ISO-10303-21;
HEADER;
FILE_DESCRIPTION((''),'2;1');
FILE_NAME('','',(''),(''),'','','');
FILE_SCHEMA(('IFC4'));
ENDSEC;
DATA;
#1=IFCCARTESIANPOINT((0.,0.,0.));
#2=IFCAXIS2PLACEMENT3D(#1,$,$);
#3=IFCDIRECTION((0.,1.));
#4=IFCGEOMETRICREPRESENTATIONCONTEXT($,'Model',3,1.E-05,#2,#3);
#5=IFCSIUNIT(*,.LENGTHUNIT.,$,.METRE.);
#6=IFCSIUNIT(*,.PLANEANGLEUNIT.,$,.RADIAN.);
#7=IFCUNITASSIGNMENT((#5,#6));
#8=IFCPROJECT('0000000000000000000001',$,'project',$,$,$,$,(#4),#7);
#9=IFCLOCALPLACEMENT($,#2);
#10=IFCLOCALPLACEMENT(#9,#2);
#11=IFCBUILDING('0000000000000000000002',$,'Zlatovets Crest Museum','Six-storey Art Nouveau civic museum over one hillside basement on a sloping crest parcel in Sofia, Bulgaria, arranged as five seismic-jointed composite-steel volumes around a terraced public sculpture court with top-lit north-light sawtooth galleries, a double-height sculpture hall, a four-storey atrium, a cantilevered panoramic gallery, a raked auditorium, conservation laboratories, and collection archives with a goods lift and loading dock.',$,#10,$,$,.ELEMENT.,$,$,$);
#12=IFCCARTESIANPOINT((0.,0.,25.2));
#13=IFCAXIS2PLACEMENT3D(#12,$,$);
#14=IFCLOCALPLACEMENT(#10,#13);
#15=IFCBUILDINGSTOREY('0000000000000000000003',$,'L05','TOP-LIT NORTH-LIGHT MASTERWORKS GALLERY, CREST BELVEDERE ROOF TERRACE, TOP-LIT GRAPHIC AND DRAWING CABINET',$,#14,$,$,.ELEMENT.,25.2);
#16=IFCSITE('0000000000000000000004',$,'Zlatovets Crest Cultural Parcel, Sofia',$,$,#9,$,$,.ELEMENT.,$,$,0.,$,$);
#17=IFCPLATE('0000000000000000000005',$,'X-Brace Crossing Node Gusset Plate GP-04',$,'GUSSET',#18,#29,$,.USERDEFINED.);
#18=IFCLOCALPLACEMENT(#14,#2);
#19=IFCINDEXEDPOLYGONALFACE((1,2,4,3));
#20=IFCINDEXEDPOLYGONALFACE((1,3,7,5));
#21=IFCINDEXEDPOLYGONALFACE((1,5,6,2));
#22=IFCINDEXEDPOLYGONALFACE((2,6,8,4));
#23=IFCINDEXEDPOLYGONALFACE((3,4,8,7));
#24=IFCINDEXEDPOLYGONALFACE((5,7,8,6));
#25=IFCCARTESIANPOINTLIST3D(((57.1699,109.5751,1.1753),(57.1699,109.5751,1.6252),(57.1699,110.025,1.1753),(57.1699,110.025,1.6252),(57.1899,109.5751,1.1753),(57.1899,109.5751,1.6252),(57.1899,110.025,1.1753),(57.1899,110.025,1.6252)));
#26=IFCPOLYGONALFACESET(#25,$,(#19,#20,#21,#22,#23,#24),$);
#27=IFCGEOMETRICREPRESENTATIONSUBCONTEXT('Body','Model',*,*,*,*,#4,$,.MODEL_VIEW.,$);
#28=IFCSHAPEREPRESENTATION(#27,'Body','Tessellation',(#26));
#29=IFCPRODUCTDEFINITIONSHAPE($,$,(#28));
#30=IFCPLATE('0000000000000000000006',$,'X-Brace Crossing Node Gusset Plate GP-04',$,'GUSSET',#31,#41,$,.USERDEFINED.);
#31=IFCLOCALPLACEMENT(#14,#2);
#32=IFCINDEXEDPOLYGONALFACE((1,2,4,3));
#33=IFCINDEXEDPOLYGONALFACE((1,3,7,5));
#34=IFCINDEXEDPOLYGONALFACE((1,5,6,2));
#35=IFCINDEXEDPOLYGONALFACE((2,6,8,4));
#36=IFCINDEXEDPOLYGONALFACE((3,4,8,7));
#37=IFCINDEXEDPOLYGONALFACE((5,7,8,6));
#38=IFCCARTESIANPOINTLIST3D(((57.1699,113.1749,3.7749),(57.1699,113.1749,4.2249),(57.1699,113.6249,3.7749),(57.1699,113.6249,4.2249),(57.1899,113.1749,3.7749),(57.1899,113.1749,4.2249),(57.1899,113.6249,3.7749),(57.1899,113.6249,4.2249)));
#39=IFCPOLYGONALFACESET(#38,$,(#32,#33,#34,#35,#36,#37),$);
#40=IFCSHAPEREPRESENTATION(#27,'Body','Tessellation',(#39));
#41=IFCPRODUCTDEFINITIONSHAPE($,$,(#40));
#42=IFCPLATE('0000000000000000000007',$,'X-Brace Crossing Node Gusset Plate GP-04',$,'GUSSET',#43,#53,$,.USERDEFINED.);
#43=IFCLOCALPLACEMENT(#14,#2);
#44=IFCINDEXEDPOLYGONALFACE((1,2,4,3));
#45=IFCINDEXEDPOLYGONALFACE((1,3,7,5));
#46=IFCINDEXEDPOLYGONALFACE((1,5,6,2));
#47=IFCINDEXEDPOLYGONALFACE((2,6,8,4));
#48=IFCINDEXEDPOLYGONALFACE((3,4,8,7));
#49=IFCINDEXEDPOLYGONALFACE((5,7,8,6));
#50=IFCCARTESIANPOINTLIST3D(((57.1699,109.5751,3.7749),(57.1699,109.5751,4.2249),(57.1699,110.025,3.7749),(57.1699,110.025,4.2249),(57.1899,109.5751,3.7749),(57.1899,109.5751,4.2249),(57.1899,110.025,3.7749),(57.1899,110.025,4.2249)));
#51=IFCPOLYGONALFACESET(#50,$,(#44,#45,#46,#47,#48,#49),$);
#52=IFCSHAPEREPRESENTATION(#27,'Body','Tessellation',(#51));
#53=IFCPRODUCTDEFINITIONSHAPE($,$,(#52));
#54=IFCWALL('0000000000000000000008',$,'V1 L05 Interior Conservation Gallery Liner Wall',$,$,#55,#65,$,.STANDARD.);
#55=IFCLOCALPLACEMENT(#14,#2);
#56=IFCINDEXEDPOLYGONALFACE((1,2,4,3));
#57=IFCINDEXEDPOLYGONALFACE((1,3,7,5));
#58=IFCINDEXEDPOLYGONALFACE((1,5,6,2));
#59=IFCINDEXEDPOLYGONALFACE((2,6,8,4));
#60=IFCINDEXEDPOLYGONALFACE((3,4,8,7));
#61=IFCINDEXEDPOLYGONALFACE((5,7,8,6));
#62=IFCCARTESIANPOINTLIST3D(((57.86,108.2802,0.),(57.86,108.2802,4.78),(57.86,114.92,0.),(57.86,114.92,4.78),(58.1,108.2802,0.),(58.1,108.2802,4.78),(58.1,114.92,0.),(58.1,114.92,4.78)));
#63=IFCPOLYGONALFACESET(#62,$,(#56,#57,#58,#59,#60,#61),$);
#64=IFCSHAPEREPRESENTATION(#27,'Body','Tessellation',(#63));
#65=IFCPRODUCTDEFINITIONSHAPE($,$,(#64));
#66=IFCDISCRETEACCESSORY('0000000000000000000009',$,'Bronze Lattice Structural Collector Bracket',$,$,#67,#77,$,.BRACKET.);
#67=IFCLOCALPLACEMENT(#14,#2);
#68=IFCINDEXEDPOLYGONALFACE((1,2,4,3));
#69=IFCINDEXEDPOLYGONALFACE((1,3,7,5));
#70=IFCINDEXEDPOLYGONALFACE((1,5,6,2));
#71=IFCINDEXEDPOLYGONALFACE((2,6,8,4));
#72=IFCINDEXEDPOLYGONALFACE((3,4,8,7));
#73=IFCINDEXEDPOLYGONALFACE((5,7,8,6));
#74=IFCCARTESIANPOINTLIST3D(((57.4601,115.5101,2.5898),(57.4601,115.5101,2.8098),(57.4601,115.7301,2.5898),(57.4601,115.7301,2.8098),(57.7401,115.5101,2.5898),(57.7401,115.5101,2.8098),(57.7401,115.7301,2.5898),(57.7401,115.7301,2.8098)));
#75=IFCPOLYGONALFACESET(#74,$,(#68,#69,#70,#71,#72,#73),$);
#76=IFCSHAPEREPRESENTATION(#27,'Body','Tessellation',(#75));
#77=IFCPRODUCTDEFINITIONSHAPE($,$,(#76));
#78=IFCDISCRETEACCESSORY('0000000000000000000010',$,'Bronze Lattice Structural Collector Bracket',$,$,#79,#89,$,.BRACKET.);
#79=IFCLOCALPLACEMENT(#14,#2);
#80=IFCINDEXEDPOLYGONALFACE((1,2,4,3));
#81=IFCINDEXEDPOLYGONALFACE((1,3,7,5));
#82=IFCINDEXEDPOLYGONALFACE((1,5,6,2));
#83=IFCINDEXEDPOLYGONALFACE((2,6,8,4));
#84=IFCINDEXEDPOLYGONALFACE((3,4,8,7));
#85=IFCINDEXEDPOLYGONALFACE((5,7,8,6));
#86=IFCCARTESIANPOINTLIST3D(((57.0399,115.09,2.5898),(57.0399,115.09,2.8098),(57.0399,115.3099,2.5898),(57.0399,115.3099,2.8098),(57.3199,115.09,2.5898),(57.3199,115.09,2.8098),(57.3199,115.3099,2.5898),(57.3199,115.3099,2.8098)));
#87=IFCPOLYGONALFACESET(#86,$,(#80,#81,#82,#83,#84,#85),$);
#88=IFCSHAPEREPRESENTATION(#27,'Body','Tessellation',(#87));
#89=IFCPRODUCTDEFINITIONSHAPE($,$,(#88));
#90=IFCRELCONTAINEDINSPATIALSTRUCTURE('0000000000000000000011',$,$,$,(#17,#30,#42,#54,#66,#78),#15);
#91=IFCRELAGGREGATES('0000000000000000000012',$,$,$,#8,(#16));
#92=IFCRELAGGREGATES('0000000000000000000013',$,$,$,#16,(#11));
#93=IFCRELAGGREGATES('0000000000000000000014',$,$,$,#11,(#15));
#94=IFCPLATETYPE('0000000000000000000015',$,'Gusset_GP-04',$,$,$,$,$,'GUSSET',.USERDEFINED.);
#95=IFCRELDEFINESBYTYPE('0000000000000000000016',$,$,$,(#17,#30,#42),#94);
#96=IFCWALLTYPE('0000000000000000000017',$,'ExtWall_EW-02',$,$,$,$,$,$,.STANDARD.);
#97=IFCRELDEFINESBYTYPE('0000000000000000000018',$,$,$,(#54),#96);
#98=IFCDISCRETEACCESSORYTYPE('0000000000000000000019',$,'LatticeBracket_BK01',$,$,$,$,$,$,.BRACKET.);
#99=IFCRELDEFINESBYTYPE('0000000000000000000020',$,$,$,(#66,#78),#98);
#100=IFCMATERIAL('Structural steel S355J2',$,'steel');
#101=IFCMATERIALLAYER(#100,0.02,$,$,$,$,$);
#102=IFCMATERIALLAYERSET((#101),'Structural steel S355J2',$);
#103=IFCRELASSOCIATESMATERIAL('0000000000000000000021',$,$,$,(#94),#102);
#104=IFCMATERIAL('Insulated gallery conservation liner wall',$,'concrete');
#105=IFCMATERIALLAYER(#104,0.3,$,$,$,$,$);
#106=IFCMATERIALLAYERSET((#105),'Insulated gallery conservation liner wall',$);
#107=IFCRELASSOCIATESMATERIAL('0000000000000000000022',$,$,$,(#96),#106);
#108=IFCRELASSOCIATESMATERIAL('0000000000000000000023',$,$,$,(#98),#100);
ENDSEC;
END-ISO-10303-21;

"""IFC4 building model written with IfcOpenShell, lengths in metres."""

from ifc_helpers import new_model, si_unit, direction, frame, frame_2d, origin, origin_2d, place, context, subcontext, project, spatial, rectangle, extrude, material, layer, layer_set, type_object, element, save


model = new_model("IFC4")

# Units and contexts
model_context = context("Model", 3, precision=1e-05, world=origin(), true_north=direction((0.0, 1.0)))
body_context = subcontext(model_context, "Body", "Model", "MODEL_VIEW")
ifc_project = project(units=[si_unit("LENGTHUNIT", "METRE"), si_unit("PLANEANGLEUNIT", "RADIAN")], contexts=[model_context])

# Site, building, storey
site_placement = place(None, origin())
site = spatial("IfcSite", under=ifc_project, at=site_placement, Name="Zlatovets Crest Cultural Parcel, Sofia", CompositionType="ELEMENT", RefElevation=0.0)
building_placement = place(site_placement, origin())
building = spatial("IfcBuilding", under=site, at=building_placement, Name="Zlatovets Crest Museum", Description="Six-storey Art Nouveau civic museum over one hillside basement on a sloping crest parcel in Sofia, Bulgaria, arranged as five seismic-jointed composite-steel volumes around a terraced public sculpture court with top-lit north-light sawtooth galleries, a double-height sculpture hall, a four-storey atrium, a cantilevered panoramic gallery, a raked auditorium, conservation laboratories, and collection archives with a goods lift and loading dock.", CompositionType="ELEMENT")
storey_placement = place(building_placement, frame((0.0, 0.0, 25.2)))
storey = spatial("IfcBuildingStorey", under=building, at=storey_placement, Name="L05", Description="TOP-LIT NORTH-LIGHT MASTERWORKS GALLERY, CREST BELVEDERE ROOF TERRACE, TOP-LIT GRAPHIC AND DRAWING CABINET", CompositionType="ELEMENT", Elevation=25.2)

# Shared definitions
ifc_material_1 = material(Name="Structural steel S355J2", Category="steel")

# Plates
ifc_layer_1 = layer(ifc_material_1, 0.02)
ifc_layer_set_1 = layer_set([ifc_layer_1], Name="Structural steel S355J2")
plate_type_1 = type_object("IfcPlateType", Name="Gusset_GP-04", ElementType="GUSSET", PredefinedType="USERDEFINED", material=ifc_layer_set_1)
for number, where, z_axis, x_axis, name in (
    (1, (57.1799, 109.8, 1.1753), (0.0, 0.0, 1.0), (1.0, 0.0, 0.0), "X-Brace Crossing Node Gusset Plate GP-04"),
    (2, (57.1799, 113.3999, 3.7749), (0.0, 0.0, 1.0), (1.0, 0.0, 0.0), "X-Brace Crossing Node Gusset Plate GP-04"),
    (3, (57.1799, 109.8, 3.7749), (0.0, 0.0, 1.0), (1.0, 0.0, 0.0), "X-Brace Crossing Node Gusset Plate GP-04"),
):
    element("IfcPlate", number, at=place(storey_placement, frame(where, z_axis=z_axis, x_axis=x_axis)), inside=storey, type_object=plate_type_1, Name=name, ObjectType="GUSSET", PredefinedType="USERDEFINED", context=body_context, shape_type="SweptSolid", body=[
        extrude(rectangle(XDim=0.02, YDim=0.45, at=origin_2d()), origin(), (0.0, 0.0, 1.0), 0.45),
    ])

# Wall
ifc_material_2 = material(Name="Insulated gallery conservation liner wall", Category="concrete")
ifc_layer_2 = layer(ifc_material_2, 0.3)
ifc_layer_set_2 = layer_set([ifc_layer_2], Name="Insulated gallery conservation liner wall")
wall_type = type_object("IfcWallType", Name="ExtWall_EW-02", PredefinedType="STANDARD", material=ifc_layer_set_2)
wall_placement = place(storey_placement, frame((57.98, 114.9199, 0.0), z_axis=(0.0, 0.0, 1.0), x_axis=(0.0, -1.0, 0.0)))
element("IfcWall", 4, at=wall_placement, inside=storey, type_object=wall_type, Name="V1 L05 Interior Conservation Gallery Liner Wall", PredefinedType="STANDARD", context=body_context, shape_type="SweptSolid", body=[
    extrude(rectangle(XDim=6.6399, YDim=0.24, at=frame_2d((3.3198, 0.0))), origin(), (0.0, 0.0, 1.0), 4.78),
])

# Discrete accessories
discrete_accessory_type = type_object("IfcDiscreteAccessoryType", Name="LatticeBracket_BK01", PredefinedType="BRACKET", material=ifc_material_1)
for number, where, z_axis, x_axis, name in (
    (5, (57.6001, 115.6201, 2.5898), (0.0, 0.0, 1.0), (1.0, 0.0, 0.0), "Bronze Lattice Structural Collector Bracket"),
    (6, (57.1799, 115.2, 2.5898), (0.0, 0.0, 1.0), (1.0, 0.0, 0.0), "Bronze Lattice Structural Collector Bracket"),
):
    element("IfcDiscreteAccessory", number, at=place(storey_placement, frame(where, z_axis=z_axis, x_axis=x_axis)), inside=storey, type_object=discrete_accessory_type, Name=name, PredefinedType="BRACKET", context=body_context, shape_type="SweptSolid", body=[
        extrude(rectangle(XDim=0.28, YDim=0.22, at=origin_2d()), origin(), (0.0, 0.0, 1.0), 0.22),
    ])

save(model, "model.ifc")
